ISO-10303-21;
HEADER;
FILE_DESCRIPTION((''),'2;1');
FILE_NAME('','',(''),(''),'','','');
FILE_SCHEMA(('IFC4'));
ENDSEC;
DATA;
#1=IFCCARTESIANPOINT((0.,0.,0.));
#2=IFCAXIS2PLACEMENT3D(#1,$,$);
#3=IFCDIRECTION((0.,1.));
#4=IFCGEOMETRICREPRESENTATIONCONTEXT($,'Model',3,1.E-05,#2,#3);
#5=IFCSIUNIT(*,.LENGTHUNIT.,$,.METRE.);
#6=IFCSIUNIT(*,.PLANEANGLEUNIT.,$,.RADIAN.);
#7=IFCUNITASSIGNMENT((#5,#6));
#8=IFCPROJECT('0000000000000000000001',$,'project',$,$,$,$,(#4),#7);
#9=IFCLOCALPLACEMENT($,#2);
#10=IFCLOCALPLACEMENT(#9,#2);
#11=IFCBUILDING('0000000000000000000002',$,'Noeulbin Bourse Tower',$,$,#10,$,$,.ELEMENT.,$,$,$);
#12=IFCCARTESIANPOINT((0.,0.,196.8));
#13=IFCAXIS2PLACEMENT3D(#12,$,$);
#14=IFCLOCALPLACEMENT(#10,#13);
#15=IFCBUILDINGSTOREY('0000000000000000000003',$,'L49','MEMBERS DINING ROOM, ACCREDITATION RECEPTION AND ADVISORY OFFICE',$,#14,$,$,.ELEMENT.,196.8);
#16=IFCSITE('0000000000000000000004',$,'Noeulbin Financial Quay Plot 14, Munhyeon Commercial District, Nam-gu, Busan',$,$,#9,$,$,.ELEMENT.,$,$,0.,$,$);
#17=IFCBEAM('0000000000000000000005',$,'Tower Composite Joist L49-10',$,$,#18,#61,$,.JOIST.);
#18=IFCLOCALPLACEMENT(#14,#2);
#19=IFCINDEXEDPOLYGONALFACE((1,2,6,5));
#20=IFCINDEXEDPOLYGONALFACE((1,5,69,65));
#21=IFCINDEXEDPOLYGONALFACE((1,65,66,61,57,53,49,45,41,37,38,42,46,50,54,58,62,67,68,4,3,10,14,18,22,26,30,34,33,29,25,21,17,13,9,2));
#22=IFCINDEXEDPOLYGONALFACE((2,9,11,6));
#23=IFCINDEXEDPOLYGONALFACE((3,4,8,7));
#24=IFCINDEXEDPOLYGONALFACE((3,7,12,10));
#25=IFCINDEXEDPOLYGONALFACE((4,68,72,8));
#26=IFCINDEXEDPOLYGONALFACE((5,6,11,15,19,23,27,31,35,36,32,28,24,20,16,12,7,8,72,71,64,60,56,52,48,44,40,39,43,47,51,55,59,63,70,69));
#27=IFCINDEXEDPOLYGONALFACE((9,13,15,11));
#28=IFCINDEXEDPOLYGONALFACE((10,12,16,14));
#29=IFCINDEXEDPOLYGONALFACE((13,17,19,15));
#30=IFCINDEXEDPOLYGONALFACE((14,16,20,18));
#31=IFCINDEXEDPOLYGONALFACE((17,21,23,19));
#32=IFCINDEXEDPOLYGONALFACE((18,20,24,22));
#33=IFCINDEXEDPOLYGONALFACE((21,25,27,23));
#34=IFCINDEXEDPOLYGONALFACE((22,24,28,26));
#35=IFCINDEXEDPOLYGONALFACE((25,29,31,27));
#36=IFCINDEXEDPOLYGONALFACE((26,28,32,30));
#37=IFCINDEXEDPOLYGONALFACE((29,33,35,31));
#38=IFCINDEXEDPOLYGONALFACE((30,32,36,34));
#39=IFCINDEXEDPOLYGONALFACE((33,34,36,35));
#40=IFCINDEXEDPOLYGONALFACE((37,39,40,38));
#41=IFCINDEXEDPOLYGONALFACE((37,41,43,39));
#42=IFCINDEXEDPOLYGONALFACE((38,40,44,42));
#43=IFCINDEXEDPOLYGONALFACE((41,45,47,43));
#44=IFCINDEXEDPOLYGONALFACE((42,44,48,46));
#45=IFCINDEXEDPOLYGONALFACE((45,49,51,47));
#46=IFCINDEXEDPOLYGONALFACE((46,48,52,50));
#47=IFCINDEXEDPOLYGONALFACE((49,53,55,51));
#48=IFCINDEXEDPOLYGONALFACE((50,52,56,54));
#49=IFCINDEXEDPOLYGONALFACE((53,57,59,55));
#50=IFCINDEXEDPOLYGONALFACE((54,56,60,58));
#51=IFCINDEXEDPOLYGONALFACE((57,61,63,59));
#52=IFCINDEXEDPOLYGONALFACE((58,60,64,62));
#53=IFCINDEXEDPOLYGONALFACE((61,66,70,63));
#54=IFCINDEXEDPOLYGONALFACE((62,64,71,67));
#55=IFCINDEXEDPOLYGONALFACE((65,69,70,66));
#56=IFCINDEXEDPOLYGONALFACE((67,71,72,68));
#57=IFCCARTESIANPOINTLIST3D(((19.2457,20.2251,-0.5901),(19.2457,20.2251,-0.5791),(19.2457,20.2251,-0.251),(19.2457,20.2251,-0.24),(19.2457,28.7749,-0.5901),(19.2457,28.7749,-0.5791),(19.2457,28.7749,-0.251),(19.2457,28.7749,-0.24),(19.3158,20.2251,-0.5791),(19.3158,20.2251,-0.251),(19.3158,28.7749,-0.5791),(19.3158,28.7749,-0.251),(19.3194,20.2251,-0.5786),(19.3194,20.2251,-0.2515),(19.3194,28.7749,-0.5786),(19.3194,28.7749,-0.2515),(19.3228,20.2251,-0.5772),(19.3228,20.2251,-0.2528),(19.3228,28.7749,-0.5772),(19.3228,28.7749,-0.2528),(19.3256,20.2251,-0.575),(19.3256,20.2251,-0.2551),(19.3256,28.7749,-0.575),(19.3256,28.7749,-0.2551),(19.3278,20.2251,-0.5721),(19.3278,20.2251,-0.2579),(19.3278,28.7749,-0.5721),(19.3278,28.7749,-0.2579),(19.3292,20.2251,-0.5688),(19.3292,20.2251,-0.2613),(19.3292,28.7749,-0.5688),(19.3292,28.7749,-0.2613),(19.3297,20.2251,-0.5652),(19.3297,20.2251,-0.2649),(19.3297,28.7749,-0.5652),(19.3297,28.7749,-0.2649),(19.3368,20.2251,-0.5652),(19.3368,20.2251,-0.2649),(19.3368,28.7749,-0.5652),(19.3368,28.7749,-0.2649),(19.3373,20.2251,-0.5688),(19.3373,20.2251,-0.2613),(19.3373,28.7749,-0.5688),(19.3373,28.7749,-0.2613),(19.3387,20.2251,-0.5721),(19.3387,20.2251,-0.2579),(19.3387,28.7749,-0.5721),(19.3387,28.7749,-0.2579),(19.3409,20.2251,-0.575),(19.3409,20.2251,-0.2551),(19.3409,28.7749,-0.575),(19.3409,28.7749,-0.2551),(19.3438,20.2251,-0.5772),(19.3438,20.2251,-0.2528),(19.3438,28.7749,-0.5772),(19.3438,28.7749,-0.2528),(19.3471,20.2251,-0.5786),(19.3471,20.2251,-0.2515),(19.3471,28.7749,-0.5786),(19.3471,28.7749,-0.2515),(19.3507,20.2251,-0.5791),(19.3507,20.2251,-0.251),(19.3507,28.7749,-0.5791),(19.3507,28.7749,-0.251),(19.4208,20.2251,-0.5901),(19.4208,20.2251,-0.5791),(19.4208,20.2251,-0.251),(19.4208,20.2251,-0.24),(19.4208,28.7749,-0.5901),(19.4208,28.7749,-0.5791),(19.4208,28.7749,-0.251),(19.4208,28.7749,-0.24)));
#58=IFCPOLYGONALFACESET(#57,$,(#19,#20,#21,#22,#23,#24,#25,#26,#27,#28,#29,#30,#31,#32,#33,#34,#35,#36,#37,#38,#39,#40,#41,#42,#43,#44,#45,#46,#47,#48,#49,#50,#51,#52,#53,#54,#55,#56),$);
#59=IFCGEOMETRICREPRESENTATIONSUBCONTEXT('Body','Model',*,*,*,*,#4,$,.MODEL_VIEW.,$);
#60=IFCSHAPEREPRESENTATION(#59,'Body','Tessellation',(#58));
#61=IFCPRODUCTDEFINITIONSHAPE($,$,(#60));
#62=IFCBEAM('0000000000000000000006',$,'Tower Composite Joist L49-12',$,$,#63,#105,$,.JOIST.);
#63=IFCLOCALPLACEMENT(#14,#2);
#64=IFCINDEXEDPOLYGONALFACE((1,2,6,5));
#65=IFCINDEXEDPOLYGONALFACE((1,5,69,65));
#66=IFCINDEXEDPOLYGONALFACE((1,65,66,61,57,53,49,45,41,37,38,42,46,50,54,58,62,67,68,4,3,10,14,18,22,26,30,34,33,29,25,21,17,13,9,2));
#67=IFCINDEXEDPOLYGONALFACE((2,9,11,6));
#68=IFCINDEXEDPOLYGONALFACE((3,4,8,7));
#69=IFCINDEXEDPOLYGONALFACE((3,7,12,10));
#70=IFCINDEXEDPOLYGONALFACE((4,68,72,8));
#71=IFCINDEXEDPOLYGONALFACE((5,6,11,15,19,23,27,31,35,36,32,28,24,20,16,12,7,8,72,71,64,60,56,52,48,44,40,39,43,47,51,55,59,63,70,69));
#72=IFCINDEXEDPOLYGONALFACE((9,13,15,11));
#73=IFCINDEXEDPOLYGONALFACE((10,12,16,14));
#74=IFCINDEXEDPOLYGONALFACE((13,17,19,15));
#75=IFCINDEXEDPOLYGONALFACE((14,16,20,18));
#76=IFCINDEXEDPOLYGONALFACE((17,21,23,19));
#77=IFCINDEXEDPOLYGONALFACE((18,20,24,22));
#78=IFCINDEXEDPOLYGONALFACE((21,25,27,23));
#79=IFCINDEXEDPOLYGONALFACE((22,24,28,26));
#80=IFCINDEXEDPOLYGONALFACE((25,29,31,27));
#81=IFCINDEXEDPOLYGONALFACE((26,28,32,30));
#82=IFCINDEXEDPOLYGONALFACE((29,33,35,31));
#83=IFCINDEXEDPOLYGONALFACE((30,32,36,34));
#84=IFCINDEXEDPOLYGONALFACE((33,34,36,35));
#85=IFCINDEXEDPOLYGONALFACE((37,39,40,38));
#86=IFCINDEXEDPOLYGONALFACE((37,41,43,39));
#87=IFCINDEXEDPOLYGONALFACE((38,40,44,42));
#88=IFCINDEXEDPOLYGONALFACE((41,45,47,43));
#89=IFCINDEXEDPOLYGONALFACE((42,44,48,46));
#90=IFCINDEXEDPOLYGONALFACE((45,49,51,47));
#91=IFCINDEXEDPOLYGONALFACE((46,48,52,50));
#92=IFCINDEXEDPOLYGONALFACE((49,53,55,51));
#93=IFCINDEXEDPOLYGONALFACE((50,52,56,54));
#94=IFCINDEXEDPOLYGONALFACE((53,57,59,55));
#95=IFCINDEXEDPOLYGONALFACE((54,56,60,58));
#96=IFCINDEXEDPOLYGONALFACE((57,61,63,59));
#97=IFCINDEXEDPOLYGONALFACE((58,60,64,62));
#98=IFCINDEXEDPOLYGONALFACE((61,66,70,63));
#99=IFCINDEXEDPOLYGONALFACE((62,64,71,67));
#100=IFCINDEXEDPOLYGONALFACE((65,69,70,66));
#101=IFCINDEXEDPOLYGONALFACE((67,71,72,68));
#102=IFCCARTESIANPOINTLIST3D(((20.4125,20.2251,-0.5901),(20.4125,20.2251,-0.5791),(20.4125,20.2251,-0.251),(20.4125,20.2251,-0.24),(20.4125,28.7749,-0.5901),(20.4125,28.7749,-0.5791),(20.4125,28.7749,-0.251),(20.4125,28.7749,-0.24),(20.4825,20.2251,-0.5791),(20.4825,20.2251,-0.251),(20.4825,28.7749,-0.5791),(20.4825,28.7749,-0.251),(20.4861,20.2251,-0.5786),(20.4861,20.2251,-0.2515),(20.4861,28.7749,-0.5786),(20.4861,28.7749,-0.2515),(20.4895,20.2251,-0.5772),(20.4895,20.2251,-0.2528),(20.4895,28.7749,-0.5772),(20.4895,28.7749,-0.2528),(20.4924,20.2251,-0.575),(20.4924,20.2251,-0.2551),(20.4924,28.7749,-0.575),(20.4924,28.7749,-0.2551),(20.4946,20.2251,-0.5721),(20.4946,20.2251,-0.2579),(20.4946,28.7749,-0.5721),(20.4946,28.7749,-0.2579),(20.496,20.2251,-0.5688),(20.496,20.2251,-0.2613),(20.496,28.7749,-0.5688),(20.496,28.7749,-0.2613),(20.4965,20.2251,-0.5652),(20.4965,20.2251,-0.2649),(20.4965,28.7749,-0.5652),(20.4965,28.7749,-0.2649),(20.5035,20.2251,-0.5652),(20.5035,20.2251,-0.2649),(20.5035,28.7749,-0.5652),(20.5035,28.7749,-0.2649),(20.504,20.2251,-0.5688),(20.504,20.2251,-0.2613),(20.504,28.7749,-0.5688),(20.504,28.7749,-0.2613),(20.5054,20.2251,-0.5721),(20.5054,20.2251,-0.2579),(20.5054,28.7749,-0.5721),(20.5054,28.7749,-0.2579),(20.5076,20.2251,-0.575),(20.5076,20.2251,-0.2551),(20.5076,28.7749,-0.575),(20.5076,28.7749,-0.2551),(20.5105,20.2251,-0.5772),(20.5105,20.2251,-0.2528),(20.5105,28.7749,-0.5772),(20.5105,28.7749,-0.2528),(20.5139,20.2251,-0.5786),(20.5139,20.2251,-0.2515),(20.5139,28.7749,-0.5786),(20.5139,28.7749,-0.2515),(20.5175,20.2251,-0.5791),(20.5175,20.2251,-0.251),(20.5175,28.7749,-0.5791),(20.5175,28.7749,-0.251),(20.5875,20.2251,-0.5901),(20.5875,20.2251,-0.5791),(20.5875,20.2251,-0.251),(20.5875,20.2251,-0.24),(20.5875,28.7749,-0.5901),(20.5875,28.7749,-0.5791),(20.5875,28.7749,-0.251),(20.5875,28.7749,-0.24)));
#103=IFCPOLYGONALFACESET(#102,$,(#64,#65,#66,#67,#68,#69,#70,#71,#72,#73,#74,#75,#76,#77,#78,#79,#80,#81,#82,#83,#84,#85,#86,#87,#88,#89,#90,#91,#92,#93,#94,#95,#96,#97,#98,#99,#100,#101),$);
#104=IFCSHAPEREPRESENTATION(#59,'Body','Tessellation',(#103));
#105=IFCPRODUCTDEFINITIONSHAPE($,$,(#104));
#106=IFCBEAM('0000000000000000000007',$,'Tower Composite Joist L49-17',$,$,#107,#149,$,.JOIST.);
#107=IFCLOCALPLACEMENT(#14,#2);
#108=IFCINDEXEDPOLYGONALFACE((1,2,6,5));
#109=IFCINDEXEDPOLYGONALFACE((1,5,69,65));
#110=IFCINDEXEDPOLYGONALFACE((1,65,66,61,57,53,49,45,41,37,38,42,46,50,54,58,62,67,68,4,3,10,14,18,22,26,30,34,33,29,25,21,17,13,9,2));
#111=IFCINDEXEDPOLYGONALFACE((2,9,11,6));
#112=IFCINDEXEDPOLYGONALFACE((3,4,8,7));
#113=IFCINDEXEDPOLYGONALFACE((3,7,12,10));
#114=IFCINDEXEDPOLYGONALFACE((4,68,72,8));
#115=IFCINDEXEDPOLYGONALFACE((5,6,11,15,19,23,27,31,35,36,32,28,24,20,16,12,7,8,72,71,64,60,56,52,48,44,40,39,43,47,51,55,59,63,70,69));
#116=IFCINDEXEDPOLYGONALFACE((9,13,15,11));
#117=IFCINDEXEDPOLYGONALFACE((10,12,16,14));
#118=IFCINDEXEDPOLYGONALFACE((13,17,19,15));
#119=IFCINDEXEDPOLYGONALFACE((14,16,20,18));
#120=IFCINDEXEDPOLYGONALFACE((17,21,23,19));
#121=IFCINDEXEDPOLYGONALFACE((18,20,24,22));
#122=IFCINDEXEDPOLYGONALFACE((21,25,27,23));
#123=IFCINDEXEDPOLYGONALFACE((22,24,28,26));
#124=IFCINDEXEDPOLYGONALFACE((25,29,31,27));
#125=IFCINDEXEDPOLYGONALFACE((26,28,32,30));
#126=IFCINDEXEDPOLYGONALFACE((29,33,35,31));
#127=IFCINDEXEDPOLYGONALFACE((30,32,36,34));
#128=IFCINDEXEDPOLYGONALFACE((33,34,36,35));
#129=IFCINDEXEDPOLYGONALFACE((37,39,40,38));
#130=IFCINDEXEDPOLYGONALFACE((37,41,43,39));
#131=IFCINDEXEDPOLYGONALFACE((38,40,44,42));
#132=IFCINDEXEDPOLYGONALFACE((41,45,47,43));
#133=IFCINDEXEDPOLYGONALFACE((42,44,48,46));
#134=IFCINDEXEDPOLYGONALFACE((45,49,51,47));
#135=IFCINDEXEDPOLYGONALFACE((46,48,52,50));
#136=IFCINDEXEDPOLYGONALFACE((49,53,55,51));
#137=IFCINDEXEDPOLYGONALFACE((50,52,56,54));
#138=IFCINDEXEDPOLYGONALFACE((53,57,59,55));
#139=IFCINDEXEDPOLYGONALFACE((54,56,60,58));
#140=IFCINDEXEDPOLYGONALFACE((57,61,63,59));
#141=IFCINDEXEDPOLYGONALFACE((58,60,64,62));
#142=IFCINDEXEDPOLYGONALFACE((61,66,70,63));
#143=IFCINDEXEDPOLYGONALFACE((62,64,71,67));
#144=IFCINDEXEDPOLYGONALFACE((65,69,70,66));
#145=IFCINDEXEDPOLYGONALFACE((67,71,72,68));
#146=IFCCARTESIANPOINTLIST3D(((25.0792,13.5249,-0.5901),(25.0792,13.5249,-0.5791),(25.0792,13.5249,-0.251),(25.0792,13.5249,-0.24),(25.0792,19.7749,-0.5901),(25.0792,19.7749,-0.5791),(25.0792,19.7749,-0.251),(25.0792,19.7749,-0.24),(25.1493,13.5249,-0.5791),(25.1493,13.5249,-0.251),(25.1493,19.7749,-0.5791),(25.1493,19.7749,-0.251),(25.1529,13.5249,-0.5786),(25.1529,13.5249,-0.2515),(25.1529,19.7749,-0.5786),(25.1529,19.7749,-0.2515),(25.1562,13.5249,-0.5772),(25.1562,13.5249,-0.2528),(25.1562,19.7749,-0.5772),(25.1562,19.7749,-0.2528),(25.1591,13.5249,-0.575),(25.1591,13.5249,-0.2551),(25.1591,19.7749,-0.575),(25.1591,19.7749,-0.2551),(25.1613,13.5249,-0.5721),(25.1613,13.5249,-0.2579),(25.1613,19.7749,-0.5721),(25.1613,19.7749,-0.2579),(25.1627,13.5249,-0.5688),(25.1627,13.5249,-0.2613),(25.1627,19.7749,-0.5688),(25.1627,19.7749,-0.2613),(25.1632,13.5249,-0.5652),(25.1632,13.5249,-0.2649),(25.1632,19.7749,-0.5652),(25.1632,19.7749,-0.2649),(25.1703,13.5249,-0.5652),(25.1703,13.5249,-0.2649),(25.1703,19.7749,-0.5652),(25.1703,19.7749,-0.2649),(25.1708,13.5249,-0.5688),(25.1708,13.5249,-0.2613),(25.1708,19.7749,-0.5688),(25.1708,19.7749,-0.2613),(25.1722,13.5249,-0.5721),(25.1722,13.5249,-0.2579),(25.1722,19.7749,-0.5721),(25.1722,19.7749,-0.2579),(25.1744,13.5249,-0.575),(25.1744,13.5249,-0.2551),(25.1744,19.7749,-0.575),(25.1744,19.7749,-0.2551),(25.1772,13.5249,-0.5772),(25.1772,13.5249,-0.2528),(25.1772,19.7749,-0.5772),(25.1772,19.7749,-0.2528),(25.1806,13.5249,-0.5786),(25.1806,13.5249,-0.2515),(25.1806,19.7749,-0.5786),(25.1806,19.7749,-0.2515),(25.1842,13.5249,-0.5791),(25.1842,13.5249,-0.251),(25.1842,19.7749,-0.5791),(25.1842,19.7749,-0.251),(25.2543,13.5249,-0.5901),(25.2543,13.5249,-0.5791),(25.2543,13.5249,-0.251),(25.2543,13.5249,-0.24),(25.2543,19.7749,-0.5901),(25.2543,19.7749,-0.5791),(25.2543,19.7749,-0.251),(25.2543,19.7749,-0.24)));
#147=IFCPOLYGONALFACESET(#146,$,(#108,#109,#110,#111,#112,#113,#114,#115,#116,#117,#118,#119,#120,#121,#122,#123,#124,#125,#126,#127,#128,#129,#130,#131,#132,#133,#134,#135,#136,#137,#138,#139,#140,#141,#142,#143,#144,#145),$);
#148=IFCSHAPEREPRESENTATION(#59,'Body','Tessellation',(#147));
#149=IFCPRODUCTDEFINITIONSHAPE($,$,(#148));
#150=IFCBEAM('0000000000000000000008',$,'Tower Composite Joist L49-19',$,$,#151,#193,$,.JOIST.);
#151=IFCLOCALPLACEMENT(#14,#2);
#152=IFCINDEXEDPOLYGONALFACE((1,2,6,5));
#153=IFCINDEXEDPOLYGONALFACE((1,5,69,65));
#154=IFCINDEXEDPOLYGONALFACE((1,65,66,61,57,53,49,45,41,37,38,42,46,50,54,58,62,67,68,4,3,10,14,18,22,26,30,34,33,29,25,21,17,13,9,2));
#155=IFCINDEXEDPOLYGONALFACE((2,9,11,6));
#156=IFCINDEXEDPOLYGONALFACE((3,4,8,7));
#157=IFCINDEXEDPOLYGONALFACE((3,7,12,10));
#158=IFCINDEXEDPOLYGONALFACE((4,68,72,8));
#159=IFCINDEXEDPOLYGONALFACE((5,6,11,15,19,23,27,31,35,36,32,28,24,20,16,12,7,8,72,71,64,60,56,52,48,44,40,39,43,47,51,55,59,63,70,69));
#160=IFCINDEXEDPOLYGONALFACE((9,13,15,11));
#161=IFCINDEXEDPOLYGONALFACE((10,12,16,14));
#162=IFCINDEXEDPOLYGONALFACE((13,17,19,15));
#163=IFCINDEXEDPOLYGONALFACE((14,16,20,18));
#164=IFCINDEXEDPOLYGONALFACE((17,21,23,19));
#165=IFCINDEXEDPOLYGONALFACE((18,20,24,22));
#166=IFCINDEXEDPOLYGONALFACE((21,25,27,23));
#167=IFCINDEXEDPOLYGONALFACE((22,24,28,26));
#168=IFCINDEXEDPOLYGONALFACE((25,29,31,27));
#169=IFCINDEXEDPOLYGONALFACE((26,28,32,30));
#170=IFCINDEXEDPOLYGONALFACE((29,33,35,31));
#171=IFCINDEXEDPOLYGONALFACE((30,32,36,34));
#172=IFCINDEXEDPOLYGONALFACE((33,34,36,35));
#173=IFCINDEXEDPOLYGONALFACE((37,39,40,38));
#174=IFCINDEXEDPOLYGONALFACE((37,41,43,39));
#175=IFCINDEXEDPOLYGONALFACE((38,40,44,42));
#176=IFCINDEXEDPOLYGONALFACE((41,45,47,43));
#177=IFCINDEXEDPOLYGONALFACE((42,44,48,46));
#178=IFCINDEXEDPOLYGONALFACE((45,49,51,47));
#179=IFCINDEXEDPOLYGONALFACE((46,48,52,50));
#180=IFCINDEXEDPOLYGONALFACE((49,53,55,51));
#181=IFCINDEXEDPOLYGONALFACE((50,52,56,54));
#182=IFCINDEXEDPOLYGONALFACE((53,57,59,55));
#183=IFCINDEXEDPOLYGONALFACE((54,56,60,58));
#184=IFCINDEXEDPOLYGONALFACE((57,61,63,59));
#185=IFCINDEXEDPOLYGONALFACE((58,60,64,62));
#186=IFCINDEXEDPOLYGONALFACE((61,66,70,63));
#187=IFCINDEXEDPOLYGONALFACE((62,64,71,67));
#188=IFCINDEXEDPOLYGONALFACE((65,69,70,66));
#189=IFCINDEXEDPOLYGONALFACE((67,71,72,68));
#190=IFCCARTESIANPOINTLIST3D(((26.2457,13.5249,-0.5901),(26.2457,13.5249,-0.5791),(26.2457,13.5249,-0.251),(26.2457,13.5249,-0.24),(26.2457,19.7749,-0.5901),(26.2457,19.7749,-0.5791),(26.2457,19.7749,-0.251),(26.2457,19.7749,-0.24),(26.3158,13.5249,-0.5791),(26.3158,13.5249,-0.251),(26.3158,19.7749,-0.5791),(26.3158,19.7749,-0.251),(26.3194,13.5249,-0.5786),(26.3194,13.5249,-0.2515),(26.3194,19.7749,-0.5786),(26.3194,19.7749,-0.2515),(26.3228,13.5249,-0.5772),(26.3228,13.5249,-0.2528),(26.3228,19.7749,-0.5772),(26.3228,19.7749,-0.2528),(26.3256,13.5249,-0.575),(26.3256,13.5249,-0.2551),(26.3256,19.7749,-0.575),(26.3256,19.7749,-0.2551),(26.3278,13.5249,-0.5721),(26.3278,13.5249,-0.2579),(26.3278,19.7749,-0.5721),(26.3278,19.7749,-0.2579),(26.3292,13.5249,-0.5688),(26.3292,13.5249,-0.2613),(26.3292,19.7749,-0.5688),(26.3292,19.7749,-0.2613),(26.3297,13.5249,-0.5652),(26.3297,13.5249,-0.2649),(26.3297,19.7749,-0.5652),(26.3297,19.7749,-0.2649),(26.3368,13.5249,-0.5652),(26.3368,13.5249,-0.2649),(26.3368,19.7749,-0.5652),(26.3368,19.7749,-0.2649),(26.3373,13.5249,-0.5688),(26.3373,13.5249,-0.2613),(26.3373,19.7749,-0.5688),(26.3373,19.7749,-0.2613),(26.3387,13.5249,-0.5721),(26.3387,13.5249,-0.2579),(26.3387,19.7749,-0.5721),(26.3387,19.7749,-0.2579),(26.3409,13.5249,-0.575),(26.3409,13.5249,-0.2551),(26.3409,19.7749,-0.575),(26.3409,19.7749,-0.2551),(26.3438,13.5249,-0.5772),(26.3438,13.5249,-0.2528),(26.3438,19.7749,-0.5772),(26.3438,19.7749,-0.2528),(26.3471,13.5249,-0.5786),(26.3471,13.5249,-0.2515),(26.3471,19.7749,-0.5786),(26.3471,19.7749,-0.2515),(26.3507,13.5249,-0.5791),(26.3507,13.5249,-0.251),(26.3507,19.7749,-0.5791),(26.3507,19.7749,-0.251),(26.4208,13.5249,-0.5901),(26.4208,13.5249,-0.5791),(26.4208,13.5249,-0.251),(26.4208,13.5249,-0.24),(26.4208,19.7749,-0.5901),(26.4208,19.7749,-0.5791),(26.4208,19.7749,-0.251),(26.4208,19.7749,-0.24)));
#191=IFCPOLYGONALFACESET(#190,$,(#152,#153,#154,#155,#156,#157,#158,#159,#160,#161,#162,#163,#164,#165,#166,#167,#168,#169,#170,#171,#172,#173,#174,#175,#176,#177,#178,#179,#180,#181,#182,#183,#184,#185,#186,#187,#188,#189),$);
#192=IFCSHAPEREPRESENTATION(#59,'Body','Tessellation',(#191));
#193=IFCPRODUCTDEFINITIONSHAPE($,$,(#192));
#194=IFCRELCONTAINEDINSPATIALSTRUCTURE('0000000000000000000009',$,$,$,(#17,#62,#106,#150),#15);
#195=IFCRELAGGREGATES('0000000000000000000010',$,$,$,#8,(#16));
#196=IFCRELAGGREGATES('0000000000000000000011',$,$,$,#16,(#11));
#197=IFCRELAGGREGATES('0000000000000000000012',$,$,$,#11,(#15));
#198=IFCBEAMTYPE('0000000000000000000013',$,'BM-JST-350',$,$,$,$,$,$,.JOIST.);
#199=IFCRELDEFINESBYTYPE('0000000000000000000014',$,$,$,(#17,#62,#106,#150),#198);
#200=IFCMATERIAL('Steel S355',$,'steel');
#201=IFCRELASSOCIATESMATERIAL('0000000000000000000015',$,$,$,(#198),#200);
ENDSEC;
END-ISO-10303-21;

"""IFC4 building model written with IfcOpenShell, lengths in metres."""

from ifc_helpers import new_model, si_unit, direction, frame, origin, origin_2d, place, context, subcontext, project, spatial, i_section, extrude, material, material_profile, profile_set, type_object, element, save


model = new_model("IFC4")

# Units and contexts
model_context = context("Model", 3, precision=1e-05, world=origin(), true_north=direction((0.0, 1.0)))
body_context = subcontext(model_context, "Body", "Model", "MODEL_VIEW")
ifc_project = project(units=[si_unit("LENGTHUNIT", "METRE"), si_unit("PLANEANGLEUNIT", "RADIAN")], contexts=[model_context])

# Site, building, storey
site_placement = place(None, origin())
site = spatial("IfcSite", under=ifc_project, at=site_placement, Name="Noeulbin Financial Quay Plot 14, Munhyeon Commercial District, Nam-gu, Busan", CompositionType="ELEMENT", RefElevation=0.0)
building_placement = place(site_placement, origin())
building = spatial("IfcBuilding", under=site, at=building_placement, Name="Noeulbin Bourse Tower", CompositionType="ELEMENT")
storey_placement = place(building_placement, frame((0.0, 0.0, 196.8)))
storey = spatial("IfcBuildingStorey", under=building, at=storey_placement, Name="L49", Description="MEMBERS DINING ROOM, ACCREDITATION RECEPTION AND ADVISORY OFFICE", CompositionType="ELEMENT", Elevation=196.8)

# Beams
ifc_material_1 = material(Name="Steel S355", Category="steel")
ifc_material_profile_1 = material_profile(ifc_material_1, i_section(OverallWidth=0.175, OverallDepth=0.3501, WebThickness=0.0071, FlangeThickness=0.011, FilletRadius=0.0139, at=origin_2d()), Name="H-350x175x7x11", Category="LoadBearing")
ifc_profile_set_1 = profile_set([ifc_material_profile_1], Name="Steel S355")
beam_type_1 = type_object("IfcBeamType", Name="BM-JST-350", PredefinedType="JOIST", material=ifc_profile_set_1)
for number, where, z_axis, x_axis, name in (
    (1, (19.3333, 20.2251, -0.415), (0.0, 1.0, 0.0), (-1.0, 0.0, 0.0), "Tower Composite Joist L49-10"),
    (2, (20.5, 20.2251, -0.415), (0.0, 1.0, 0.0), (-1.0, 0.0, 0.0), "Tower Composite Joist L49-12"),
):
    element("IfcBeam", number, at=place(storey_placement, frame(where, z_axis=z_axis, x_axis=x_axis)), inside=storey, type_object=beam_type_1, Name=name, PredefinedType="JOIST", context=body_context, shape_type="SweptSolid", body=[
        extrude(i_section(OverallWidth=0.175, OverallDepth=0.3501, WebThickness=0.0071, FlangeThickness=0.011, FilletRadius=0.0139, at=origin_2d()), origin(), (0.0, 0.0, 1.0), 8.5498),
    ])
for number, where, z_axis, x_axis, name in (
    (3, (25.1667, 13.5249, -0.415), (0.0, 1.0, 0.0), (-1.0, 0.0, 0.0), "Tower Composite Joist L49-17"),
    (4, (26.3333, 13.5249, -0.415), (0.0, 1.0, 0.0), (-1.0, 0.0, 0.0), "Tower Composite Joist L49-19"),
):
    element("IfcBeam", number, at=place(storey_placement, frame(where, z_axis=z_axis, x_axis=x_axis)), inside=storey, type_object=beam_type_1, Name=name, PredefinedType="JOIST", context=body_context, shape_type="SweptSolid", body=[
        extrude(i_section(OverallWidth=0.175, OverallDepth=0.3501, WebThickness=0.0071, FlangeThickness=0.011, FilletRadius=0.0139, at=origin_2d()), origin(), (0.0, 0.0, 1.0), 6.25),
    ])

save(model, "model.ifc")
